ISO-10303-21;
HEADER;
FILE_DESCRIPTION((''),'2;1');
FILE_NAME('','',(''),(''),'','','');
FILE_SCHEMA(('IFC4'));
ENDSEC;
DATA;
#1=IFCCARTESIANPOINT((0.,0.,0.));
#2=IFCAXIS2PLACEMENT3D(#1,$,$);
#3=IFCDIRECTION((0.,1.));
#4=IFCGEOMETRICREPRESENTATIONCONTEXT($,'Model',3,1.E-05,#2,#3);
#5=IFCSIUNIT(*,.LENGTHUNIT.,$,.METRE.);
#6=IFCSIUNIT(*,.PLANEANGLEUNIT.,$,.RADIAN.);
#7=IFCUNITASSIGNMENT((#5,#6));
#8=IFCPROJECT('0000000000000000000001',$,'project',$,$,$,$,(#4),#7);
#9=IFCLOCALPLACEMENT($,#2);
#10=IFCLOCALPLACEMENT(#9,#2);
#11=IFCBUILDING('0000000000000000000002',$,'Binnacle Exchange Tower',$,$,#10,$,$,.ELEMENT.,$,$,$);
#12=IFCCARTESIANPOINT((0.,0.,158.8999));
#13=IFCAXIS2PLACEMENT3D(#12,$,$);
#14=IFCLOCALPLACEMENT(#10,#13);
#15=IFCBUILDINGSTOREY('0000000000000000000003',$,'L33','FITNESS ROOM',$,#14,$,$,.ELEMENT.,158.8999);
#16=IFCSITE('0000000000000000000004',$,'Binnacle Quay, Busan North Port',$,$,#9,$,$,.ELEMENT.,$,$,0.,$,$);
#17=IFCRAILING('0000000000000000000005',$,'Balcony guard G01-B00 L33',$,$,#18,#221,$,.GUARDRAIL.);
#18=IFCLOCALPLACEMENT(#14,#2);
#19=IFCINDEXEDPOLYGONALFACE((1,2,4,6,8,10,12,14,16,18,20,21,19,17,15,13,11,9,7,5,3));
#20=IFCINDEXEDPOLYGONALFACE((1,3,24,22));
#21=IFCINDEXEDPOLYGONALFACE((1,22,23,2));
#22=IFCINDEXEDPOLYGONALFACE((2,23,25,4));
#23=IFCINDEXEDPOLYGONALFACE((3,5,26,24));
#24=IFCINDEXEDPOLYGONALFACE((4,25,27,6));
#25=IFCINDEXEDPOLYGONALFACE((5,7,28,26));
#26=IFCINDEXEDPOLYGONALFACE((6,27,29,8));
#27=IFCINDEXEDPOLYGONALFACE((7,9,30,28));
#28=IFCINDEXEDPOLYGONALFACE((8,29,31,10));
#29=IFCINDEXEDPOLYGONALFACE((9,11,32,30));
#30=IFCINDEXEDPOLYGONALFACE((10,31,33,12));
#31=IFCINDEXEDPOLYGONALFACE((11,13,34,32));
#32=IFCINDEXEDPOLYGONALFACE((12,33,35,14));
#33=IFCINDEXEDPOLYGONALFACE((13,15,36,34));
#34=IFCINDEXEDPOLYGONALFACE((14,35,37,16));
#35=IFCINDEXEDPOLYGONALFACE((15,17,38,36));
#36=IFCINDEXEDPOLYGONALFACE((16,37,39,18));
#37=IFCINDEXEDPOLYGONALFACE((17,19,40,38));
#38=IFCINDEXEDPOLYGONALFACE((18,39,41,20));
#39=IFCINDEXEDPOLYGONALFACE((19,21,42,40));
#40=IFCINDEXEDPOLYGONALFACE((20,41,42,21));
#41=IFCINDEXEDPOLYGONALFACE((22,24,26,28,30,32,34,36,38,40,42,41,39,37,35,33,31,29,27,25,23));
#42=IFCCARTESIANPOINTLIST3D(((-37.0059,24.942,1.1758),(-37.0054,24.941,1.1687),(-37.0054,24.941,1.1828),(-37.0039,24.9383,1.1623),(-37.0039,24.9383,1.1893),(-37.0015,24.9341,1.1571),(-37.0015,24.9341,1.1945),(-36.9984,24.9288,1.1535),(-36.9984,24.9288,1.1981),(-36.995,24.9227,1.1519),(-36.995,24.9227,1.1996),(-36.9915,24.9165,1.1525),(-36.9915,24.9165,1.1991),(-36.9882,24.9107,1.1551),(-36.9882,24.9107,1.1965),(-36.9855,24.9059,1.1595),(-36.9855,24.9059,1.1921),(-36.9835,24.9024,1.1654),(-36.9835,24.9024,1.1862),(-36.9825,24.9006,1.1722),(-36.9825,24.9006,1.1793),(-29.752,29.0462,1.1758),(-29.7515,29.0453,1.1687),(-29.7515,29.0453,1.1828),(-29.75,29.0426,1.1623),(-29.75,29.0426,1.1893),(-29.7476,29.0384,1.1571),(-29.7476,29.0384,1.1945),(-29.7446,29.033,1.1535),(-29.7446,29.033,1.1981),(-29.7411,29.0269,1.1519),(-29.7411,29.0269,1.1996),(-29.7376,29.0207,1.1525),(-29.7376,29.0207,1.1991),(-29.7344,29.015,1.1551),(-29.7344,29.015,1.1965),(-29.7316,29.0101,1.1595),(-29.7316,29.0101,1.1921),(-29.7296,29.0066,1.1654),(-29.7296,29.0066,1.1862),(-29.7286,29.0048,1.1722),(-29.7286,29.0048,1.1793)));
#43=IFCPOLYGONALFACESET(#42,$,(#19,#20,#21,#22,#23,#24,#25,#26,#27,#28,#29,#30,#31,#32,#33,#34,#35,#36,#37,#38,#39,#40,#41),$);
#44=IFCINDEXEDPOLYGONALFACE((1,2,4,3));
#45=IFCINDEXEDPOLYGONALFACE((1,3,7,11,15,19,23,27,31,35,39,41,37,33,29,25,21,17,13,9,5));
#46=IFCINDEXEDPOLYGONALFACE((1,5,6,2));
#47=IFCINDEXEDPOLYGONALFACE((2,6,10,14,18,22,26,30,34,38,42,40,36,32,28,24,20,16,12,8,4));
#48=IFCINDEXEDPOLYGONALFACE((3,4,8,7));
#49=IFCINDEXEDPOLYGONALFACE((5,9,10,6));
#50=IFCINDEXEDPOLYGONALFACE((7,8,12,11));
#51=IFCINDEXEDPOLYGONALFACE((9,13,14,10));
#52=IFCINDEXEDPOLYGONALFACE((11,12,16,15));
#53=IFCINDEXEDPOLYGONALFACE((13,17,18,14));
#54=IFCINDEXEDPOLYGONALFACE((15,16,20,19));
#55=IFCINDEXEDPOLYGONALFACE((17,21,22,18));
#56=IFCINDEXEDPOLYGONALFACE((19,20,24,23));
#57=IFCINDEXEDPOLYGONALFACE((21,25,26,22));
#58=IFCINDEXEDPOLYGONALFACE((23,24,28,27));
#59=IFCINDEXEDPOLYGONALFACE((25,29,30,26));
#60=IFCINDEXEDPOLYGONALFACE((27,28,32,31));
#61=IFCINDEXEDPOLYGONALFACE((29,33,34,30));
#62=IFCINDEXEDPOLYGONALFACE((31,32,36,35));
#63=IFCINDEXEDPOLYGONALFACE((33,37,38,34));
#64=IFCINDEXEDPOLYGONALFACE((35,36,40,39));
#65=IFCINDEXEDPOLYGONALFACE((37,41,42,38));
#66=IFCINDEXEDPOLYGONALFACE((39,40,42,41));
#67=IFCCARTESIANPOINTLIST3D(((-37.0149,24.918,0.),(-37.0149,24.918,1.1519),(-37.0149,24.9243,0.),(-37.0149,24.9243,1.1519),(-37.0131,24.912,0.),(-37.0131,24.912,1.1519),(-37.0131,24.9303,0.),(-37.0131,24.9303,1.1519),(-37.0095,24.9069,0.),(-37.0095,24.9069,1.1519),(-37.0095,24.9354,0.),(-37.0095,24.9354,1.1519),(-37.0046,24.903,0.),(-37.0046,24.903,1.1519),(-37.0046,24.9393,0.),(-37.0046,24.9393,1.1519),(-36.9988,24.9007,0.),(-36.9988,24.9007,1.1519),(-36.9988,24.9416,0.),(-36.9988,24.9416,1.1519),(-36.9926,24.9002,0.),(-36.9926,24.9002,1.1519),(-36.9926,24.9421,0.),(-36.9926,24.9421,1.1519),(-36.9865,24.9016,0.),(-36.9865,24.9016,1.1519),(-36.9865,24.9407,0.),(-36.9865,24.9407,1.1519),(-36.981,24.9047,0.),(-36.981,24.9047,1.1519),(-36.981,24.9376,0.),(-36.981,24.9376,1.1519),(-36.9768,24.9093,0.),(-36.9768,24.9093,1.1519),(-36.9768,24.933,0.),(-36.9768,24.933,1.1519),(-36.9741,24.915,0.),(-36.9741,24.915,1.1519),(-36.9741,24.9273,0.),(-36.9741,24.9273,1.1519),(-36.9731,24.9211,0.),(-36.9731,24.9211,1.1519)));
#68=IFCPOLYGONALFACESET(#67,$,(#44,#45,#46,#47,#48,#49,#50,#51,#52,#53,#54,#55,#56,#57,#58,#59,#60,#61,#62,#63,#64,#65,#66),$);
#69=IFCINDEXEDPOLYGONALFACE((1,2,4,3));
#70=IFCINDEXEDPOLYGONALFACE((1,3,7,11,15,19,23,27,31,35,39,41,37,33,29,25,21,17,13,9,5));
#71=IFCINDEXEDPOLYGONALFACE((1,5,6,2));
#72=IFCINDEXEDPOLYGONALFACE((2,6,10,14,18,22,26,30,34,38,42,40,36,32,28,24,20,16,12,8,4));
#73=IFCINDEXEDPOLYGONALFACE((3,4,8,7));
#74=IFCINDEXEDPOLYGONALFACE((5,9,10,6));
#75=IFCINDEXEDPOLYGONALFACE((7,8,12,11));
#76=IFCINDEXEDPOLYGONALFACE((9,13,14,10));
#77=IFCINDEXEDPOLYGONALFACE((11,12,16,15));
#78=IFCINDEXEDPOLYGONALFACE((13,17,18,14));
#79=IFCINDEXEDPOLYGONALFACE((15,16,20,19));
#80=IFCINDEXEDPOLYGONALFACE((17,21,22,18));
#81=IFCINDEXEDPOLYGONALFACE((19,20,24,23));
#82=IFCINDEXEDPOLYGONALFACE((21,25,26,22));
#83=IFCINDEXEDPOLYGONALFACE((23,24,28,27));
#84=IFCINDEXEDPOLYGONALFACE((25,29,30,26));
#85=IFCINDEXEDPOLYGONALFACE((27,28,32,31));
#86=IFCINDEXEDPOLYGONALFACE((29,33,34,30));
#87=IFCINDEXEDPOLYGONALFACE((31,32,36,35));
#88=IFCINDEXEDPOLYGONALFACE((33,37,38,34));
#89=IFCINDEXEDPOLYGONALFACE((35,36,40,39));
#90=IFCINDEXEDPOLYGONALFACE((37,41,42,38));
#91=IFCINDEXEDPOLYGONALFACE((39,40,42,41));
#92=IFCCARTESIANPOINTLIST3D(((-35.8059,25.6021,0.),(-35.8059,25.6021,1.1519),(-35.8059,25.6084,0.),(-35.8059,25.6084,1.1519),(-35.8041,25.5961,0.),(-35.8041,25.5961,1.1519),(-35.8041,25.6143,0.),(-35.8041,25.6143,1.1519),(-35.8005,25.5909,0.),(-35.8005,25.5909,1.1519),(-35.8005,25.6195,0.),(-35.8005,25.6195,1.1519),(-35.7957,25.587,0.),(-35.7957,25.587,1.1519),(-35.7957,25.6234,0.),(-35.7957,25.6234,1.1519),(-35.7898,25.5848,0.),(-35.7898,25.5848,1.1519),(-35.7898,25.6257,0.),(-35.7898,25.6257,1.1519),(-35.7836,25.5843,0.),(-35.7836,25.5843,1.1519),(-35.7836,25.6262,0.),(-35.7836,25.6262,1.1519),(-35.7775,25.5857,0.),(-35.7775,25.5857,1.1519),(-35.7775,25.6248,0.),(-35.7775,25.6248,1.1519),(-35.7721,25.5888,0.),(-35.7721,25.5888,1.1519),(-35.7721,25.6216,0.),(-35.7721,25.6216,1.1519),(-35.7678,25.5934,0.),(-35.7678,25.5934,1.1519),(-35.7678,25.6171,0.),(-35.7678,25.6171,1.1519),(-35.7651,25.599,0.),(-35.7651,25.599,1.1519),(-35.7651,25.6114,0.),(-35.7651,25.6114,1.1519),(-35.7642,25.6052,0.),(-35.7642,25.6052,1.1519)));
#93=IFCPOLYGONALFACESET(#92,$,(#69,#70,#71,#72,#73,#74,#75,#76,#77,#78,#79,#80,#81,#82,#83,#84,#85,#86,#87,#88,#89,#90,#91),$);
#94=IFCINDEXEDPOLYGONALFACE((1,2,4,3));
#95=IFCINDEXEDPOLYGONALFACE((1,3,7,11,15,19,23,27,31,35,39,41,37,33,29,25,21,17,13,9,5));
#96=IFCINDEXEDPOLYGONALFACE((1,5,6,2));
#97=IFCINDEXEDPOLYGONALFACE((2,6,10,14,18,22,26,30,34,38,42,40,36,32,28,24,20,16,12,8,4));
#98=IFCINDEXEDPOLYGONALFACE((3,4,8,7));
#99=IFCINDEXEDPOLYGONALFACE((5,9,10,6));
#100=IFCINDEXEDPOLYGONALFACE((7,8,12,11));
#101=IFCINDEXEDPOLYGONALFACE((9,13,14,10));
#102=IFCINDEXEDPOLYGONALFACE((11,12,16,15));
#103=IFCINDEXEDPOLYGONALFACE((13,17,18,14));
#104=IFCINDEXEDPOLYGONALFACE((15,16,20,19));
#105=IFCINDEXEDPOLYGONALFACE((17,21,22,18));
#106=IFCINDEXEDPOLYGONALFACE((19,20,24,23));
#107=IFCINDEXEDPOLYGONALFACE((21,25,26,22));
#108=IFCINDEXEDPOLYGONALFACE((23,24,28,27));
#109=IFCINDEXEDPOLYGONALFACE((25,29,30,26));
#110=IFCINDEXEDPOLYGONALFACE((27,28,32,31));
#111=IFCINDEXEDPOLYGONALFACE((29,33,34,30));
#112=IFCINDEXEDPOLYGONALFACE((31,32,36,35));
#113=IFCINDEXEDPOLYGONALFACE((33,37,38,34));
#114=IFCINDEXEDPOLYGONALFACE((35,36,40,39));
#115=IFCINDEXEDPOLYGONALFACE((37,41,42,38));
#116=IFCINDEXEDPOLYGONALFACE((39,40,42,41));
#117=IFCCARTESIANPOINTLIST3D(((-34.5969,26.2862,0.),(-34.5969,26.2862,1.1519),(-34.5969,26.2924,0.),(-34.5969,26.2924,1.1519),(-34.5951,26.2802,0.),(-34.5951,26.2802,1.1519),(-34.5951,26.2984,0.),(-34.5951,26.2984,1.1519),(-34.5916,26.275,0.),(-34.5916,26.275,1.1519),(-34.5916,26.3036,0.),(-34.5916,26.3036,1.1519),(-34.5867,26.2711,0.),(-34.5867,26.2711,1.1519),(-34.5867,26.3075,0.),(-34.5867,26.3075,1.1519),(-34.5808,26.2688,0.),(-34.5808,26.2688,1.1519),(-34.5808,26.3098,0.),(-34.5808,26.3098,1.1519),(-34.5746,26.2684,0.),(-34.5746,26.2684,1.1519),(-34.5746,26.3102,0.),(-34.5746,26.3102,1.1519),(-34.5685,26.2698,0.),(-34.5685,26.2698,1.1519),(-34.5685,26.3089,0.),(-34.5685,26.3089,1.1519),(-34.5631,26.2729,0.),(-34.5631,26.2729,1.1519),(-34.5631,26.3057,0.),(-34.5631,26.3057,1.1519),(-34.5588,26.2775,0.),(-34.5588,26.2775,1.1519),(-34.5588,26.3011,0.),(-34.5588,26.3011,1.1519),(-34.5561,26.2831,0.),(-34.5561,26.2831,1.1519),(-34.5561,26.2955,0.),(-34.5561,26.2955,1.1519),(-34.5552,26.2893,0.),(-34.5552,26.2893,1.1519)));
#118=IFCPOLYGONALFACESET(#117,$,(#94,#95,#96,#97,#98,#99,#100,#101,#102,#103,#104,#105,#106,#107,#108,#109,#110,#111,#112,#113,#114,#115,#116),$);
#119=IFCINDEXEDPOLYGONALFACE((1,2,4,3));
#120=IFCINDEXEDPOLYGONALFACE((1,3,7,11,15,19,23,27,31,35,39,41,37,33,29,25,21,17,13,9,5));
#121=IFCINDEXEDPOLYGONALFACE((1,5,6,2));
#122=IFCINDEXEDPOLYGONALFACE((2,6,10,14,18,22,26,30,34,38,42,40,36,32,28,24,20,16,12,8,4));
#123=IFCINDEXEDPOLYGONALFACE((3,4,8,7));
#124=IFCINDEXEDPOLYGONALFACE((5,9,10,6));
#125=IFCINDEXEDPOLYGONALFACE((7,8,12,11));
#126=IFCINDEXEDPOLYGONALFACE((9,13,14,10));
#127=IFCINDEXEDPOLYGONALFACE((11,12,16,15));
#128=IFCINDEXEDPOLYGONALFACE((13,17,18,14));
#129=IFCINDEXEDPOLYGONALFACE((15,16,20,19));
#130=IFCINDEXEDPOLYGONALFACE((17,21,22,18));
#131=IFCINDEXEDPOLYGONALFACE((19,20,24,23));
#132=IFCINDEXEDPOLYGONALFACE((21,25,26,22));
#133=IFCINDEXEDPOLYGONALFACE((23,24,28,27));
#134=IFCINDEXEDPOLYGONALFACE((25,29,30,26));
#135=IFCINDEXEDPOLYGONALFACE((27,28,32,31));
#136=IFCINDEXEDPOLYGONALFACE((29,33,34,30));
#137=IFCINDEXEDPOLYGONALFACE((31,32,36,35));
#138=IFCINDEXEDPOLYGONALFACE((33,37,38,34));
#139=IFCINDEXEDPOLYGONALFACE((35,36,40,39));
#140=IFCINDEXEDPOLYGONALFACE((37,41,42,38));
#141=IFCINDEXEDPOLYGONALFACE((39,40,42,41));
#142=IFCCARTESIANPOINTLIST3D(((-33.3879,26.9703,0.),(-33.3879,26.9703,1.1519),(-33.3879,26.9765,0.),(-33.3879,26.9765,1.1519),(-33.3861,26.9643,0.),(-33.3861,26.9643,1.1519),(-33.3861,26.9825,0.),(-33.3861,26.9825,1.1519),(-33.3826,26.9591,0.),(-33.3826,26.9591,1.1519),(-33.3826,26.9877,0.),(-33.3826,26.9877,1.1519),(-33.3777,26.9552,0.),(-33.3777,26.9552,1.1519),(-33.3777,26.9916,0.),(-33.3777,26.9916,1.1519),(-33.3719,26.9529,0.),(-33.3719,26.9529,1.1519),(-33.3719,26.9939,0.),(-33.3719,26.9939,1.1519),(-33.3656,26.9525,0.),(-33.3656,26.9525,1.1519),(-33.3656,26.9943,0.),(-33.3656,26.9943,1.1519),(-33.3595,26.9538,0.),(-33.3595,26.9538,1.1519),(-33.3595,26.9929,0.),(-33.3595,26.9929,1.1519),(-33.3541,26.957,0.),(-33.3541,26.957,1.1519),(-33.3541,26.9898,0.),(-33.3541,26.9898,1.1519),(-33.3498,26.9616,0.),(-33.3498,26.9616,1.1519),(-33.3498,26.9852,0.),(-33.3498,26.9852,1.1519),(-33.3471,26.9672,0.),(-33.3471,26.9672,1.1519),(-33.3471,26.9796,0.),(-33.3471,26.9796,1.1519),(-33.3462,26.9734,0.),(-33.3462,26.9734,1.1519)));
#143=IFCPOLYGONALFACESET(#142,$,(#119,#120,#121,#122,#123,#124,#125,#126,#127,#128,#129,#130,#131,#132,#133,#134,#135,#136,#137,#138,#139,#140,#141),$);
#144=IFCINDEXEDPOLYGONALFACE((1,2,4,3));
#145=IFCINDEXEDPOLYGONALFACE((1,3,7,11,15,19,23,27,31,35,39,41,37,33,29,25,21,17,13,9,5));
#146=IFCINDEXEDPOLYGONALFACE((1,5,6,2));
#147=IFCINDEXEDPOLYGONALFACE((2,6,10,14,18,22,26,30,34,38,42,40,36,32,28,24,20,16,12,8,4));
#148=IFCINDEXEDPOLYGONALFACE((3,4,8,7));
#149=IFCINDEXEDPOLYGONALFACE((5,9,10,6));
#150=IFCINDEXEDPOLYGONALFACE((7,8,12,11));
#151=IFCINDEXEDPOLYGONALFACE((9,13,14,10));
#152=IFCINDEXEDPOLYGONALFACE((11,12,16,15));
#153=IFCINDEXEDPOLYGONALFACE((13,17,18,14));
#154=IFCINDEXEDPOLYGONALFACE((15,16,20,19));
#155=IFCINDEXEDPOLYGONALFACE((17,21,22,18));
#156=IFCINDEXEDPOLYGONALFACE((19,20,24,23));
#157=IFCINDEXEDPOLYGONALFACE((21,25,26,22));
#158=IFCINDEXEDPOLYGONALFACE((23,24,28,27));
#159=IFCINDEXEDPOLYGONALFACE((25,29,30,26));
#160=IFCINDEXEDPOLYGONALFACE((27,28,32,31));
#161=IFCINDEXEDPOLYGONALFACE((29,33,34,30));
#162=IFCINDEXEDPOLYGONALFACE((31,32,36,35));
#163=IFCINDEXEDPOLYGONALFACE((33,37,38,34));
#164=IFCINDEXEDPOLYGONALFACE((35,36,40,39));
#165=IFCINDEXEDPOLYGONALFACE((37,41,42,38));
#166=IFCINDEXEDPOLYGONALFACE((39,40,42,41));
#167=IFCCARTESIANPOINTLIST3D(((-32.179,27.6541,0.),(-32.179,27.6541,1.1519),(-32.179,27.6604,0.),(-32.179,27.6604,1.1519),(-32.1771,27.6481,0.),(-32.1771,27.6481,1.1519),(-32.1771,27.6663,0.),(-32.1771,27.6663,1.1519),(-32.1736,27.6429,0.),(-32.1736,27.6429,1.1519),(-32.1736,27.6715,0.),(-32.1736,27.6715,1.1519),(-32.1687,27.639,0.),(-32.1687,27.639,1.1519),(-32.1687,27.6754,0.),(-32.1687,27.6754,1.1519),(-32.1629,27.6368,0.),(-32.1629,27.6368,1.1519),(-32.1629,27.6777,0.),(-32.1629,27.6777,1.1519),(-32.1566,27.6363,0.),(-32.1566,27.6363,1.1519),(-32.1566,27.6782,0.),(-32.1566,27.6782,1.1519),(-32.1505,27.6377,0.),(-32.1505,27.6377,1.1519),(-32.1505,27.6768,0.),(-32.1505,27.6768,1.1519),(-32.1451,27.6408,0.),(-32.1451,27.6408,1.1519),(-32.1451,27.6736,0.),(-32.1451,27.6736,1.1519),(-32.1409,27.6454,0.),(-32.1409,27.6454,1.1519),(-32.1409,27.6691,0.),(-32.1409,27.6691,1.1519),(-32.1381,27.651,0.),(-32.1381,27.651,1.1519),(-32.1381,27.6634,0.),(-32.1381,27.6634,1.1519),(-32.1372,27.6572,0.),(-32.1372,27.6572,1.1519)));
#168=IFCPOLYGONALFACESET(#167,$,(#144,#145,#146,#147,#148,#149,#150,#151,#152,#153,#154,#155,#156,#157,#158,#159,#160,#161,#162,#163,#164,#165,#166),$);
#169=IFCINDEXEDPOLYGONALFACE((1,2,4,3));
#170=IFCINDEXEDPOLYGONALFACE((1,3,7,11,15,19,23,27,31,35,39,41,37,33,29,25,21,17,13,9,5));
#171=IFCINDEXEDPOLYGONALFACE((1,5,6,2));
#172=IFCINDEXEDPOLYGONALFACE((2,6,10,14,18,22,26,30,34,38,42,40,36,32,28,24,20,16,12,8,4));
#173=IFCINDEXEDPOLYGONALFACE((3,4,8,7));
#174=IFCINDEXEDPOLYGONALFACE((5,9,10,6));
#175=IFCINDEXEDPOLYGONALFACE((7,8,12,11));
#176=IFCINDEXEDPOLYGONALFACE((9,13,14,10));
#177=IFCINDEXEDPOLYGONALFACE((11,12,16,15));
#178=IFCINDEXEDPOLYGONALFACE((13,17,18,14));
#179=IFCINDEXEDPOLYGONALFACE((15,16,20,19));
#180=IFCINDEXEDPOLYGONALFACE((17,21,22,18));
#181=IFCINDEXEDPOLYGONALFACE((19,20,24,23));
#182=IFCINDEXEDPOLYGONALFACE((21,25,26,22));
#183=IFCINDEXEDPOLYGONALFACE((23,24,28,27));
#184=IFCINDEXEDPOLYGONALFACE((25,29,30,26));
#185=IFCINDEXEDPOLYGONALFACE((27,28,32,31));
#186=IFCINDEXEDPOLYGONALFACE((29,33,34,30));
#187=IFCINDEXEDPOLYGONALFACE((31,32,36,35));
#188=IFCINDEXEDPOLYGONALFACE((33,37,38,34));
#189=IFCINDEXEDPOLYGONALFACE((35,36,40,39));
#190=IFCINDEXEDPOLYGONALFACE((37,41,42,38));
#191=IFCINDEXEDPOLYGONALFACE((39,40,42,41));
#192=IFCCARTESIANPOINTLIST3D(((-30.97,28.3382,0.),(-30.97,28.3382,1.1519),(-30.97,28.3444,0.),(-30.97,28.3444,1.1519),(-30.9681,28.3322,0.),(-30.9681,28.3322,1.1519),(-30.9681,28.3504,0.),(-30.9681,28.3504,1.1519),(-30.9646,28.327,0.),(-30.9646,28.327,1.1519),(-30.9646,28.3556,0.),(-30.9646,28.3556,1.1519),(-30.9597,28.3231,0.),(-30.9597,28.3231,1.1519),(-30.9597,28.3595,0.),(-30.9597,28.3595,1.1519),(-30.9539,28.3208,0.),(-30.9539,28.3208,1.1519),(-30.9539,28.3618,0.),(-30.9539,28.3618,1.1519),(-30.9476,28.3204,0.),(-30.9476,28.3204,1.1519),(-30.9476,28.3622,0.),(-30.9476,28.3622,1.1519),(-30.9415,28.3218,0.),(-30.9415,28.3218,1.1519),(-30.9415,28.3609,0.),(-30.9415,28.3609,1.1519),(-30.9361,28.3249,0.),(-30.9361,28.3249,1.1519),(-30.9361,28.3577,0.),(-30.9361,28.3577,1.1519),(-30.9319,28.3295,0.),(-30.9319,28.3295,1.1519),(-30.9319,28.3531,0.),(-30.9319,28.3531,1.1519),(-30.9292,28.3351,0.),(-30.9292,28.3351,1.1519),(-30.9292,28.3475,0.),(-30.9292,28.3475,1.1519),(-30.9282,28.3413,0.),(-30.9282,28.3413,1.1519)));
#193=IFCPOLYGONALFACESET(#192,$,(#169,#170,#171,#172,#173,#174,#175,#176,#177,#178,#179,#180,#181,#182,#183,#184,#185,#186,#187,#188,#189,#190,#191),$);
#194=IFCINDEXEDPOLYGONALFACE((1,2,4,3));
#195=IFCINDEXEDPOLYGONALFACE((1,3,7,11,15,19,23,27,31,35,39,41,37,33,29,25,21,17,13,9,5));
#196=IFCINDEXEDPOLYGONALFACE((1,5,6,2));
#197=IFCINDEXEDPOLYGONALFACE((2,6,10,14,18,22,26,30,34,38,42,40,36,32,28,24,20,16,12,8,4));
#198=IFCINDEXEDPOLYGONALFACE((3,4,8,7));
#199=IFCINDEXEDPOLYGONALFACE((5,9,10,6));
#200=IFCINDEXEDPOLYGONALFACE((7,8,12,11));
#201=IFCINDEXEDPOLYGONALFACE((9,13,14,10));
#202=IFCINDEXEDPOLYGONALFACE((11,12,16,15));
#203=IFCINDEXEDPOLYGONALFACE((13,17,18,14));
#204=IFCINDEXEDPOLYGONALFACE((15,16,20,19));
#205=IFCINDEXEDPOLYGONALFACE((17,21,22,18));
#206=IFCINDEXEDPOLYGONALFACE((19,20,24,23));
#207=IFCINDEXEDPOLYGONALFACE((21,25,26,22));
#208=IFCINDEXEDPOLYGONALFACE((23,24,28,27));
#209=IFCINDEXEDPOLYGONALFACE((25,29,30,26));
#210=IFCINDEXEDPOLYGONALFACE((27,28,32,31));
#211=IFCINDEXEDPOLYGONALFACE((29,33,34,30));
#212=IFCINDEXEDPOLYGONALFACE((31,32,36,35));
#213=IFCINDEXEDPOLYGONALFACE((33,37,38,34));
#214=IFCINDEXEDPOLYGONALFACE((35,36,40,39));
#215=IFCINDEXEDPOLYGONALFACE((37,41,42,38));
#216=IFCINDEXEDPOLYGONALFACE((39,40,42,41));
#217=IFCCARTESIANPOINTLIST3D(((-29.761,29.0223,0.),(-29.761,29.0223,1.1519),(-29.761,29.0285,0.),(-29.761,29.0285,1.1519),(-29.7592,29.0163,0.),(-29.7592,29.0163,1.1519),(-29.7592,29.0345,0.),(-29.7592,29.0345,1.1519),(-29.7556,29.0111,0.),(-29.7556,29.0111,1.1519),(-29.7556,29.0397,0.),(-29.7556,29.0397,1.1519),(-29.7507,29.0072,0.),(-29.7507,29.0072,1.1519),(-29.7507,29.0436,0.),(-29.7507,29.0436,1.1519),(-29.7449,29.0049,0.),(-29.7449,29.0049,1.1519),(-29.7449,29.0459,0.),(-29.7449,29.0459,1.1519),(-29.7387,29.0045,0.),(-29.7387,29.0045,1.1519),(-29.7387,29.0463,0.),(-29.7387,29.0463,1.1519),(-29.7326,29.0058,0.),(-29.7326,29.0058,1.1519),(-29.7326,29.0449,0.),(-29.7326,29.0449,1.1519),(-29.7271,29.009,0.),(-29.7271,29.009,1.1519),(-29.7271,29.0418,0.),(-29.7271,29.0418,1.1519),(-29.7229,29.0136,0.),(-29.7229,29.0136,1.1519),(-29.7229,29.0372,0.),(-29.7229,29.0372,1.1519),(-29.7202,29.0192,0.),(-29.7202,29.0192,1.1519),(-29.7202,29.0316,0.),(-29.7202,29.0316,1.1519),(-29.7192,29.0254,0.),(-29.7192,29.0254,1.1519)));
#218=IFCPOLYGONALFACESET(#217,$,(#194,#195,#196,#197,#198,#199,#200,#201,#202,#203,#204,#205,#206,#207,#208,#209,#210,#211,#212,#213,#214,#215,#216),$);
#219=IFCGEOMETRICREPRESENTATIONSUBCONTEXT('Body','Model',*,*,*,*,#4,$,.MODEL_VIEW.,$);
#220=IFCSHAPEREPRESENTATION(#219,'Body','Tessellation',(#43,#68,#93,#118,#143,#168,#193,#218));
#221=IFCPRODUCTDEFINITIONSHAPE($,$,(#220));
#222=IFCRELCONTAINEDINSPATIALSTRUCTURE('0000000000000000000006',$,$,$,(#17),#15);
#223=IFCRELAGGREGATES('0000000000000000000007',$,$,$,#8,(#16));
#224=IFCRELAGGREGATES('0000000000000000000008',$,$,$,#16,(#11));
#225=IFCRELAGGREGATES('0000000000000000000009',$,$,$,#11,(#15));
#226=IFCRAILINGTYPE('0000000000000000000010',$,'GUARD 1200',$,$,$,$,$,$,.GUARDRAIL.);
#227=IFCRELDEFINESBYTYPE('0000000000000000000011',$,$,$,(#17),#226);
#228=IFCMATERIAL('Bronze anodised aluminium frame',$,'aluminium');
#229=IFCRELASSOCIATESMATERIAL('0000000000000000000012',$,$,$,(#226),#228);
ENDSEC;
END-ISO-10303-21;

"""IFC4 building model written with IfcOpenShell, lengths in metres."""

from ifc_helpers import new_model, si_unit, direction, frame, origin, origin_2d, place, context, subcontext, project, spatial, circle, extrude, material, type_object, element, save


model = new_model("IFC4")

# Units and contexts
model_context = context("Model", 3, precision=1e-05, world=origin(), true_north=direction((0.0, 1.0)))
body_context = subcontext(model_context, "Body", "Model", "MODEL_VIEW")
ifc_project = project(units=[si_unit("LENGTHUNIT", "METRE"), si_unit("PLANEANGLEUNIT", "RADIAN")], contexts=[model_context])

# Site, building, storey
site_placement = place(None, origin())
site = spatial("IfcSite", under=ifc_project, at=site_placement, Name="Binnacle Quay, Busan North Port", CompositionType="ELEMENT", RefElevation=0.0)
building_placement = place(site_placement, origin())
building = spatial("IfcBuilding", under=site, at=building_placement, Name="Binnacle Exchange Tower", CompositionType="ELEMENT")
storey_placement = place(building_placement, frame((0.0, 0.0, 158.8999)))
storey = spatial("IfcBuildingStorey", under=building, at=storey_placement, Name="L33", Description="FITNESS ROOM", CompositionType="ELEMENT", Elevation=158.8999)

# Railing
ifc_material_1 = material(Name="Bronze anodised aluminium frame", Category="aluminium")
railing_type_1 = type_object("IfcRailingType", Name="GUARD 1200", PredefinedType="GUARDRAIL", material=ifc_material_1)
railing_1_placement = place(storey_placement, frame((-36.9941, 24.9211, 0.0)))
element("IfcRailing", 1, at=railing_1_placement, inside=storey, type_object=railing_type_1, Name="Balcony guard G01-B00 L33", PredefinedType="GUARDRAIL", context=body_context, shape_type="SweptSolid", body=[
    extrude(circle(Radius=0.0239, at=origin_2d()), frame((0.0, 0.0, 1.1758), z_axis=(0.870346, 0.49244, 0.0), x_axis=(-0.49244, 0.870346, 0.0)), (0.0, 0.0, 1.0), 8.3345),
    extrude(circle(Radius=0.021, at=origin_2d()), origin(), (0.0, 0.0, 1.0), 1.1519),
    extrude(circle(Radius=0.021, at=origin_2d()), frame((1.209, 0.6841, 0.0)), (0.0, 0.0, 1.0), 1.1519),
    extrude(circle(Radius=0.021, at=origin_2d()), frame((2.418, 1.3682, 0.0)), (0.0, 0.0, 1.0), 1.1519),
    extrude(circle(Radius=0.021, at=origin_2d()), frame((3.627, 2.0522, 0.0)), (0.0, 0.0, 1.0), 1.1519),
    extrude(circle(Radius=0.021, at=origin_2d()), frame((4.8359, 2.7361, 0.0)), (0.0, 0.0, 1.0), 1.1519),
    extrude(circle(Radius=0.021, at=origin_2d()), frame((6.0449, 3.4202, 0.0)), (0.0, 0.0, 1.0), 1.1519),
    extrude(circle(Radius=0.021, at=origin_2d()), frame((7.2539, 4.1042, 0.0)), (0.0, 0.0, 1.0), 1.1519),
])

save(model, "model.ifc")
